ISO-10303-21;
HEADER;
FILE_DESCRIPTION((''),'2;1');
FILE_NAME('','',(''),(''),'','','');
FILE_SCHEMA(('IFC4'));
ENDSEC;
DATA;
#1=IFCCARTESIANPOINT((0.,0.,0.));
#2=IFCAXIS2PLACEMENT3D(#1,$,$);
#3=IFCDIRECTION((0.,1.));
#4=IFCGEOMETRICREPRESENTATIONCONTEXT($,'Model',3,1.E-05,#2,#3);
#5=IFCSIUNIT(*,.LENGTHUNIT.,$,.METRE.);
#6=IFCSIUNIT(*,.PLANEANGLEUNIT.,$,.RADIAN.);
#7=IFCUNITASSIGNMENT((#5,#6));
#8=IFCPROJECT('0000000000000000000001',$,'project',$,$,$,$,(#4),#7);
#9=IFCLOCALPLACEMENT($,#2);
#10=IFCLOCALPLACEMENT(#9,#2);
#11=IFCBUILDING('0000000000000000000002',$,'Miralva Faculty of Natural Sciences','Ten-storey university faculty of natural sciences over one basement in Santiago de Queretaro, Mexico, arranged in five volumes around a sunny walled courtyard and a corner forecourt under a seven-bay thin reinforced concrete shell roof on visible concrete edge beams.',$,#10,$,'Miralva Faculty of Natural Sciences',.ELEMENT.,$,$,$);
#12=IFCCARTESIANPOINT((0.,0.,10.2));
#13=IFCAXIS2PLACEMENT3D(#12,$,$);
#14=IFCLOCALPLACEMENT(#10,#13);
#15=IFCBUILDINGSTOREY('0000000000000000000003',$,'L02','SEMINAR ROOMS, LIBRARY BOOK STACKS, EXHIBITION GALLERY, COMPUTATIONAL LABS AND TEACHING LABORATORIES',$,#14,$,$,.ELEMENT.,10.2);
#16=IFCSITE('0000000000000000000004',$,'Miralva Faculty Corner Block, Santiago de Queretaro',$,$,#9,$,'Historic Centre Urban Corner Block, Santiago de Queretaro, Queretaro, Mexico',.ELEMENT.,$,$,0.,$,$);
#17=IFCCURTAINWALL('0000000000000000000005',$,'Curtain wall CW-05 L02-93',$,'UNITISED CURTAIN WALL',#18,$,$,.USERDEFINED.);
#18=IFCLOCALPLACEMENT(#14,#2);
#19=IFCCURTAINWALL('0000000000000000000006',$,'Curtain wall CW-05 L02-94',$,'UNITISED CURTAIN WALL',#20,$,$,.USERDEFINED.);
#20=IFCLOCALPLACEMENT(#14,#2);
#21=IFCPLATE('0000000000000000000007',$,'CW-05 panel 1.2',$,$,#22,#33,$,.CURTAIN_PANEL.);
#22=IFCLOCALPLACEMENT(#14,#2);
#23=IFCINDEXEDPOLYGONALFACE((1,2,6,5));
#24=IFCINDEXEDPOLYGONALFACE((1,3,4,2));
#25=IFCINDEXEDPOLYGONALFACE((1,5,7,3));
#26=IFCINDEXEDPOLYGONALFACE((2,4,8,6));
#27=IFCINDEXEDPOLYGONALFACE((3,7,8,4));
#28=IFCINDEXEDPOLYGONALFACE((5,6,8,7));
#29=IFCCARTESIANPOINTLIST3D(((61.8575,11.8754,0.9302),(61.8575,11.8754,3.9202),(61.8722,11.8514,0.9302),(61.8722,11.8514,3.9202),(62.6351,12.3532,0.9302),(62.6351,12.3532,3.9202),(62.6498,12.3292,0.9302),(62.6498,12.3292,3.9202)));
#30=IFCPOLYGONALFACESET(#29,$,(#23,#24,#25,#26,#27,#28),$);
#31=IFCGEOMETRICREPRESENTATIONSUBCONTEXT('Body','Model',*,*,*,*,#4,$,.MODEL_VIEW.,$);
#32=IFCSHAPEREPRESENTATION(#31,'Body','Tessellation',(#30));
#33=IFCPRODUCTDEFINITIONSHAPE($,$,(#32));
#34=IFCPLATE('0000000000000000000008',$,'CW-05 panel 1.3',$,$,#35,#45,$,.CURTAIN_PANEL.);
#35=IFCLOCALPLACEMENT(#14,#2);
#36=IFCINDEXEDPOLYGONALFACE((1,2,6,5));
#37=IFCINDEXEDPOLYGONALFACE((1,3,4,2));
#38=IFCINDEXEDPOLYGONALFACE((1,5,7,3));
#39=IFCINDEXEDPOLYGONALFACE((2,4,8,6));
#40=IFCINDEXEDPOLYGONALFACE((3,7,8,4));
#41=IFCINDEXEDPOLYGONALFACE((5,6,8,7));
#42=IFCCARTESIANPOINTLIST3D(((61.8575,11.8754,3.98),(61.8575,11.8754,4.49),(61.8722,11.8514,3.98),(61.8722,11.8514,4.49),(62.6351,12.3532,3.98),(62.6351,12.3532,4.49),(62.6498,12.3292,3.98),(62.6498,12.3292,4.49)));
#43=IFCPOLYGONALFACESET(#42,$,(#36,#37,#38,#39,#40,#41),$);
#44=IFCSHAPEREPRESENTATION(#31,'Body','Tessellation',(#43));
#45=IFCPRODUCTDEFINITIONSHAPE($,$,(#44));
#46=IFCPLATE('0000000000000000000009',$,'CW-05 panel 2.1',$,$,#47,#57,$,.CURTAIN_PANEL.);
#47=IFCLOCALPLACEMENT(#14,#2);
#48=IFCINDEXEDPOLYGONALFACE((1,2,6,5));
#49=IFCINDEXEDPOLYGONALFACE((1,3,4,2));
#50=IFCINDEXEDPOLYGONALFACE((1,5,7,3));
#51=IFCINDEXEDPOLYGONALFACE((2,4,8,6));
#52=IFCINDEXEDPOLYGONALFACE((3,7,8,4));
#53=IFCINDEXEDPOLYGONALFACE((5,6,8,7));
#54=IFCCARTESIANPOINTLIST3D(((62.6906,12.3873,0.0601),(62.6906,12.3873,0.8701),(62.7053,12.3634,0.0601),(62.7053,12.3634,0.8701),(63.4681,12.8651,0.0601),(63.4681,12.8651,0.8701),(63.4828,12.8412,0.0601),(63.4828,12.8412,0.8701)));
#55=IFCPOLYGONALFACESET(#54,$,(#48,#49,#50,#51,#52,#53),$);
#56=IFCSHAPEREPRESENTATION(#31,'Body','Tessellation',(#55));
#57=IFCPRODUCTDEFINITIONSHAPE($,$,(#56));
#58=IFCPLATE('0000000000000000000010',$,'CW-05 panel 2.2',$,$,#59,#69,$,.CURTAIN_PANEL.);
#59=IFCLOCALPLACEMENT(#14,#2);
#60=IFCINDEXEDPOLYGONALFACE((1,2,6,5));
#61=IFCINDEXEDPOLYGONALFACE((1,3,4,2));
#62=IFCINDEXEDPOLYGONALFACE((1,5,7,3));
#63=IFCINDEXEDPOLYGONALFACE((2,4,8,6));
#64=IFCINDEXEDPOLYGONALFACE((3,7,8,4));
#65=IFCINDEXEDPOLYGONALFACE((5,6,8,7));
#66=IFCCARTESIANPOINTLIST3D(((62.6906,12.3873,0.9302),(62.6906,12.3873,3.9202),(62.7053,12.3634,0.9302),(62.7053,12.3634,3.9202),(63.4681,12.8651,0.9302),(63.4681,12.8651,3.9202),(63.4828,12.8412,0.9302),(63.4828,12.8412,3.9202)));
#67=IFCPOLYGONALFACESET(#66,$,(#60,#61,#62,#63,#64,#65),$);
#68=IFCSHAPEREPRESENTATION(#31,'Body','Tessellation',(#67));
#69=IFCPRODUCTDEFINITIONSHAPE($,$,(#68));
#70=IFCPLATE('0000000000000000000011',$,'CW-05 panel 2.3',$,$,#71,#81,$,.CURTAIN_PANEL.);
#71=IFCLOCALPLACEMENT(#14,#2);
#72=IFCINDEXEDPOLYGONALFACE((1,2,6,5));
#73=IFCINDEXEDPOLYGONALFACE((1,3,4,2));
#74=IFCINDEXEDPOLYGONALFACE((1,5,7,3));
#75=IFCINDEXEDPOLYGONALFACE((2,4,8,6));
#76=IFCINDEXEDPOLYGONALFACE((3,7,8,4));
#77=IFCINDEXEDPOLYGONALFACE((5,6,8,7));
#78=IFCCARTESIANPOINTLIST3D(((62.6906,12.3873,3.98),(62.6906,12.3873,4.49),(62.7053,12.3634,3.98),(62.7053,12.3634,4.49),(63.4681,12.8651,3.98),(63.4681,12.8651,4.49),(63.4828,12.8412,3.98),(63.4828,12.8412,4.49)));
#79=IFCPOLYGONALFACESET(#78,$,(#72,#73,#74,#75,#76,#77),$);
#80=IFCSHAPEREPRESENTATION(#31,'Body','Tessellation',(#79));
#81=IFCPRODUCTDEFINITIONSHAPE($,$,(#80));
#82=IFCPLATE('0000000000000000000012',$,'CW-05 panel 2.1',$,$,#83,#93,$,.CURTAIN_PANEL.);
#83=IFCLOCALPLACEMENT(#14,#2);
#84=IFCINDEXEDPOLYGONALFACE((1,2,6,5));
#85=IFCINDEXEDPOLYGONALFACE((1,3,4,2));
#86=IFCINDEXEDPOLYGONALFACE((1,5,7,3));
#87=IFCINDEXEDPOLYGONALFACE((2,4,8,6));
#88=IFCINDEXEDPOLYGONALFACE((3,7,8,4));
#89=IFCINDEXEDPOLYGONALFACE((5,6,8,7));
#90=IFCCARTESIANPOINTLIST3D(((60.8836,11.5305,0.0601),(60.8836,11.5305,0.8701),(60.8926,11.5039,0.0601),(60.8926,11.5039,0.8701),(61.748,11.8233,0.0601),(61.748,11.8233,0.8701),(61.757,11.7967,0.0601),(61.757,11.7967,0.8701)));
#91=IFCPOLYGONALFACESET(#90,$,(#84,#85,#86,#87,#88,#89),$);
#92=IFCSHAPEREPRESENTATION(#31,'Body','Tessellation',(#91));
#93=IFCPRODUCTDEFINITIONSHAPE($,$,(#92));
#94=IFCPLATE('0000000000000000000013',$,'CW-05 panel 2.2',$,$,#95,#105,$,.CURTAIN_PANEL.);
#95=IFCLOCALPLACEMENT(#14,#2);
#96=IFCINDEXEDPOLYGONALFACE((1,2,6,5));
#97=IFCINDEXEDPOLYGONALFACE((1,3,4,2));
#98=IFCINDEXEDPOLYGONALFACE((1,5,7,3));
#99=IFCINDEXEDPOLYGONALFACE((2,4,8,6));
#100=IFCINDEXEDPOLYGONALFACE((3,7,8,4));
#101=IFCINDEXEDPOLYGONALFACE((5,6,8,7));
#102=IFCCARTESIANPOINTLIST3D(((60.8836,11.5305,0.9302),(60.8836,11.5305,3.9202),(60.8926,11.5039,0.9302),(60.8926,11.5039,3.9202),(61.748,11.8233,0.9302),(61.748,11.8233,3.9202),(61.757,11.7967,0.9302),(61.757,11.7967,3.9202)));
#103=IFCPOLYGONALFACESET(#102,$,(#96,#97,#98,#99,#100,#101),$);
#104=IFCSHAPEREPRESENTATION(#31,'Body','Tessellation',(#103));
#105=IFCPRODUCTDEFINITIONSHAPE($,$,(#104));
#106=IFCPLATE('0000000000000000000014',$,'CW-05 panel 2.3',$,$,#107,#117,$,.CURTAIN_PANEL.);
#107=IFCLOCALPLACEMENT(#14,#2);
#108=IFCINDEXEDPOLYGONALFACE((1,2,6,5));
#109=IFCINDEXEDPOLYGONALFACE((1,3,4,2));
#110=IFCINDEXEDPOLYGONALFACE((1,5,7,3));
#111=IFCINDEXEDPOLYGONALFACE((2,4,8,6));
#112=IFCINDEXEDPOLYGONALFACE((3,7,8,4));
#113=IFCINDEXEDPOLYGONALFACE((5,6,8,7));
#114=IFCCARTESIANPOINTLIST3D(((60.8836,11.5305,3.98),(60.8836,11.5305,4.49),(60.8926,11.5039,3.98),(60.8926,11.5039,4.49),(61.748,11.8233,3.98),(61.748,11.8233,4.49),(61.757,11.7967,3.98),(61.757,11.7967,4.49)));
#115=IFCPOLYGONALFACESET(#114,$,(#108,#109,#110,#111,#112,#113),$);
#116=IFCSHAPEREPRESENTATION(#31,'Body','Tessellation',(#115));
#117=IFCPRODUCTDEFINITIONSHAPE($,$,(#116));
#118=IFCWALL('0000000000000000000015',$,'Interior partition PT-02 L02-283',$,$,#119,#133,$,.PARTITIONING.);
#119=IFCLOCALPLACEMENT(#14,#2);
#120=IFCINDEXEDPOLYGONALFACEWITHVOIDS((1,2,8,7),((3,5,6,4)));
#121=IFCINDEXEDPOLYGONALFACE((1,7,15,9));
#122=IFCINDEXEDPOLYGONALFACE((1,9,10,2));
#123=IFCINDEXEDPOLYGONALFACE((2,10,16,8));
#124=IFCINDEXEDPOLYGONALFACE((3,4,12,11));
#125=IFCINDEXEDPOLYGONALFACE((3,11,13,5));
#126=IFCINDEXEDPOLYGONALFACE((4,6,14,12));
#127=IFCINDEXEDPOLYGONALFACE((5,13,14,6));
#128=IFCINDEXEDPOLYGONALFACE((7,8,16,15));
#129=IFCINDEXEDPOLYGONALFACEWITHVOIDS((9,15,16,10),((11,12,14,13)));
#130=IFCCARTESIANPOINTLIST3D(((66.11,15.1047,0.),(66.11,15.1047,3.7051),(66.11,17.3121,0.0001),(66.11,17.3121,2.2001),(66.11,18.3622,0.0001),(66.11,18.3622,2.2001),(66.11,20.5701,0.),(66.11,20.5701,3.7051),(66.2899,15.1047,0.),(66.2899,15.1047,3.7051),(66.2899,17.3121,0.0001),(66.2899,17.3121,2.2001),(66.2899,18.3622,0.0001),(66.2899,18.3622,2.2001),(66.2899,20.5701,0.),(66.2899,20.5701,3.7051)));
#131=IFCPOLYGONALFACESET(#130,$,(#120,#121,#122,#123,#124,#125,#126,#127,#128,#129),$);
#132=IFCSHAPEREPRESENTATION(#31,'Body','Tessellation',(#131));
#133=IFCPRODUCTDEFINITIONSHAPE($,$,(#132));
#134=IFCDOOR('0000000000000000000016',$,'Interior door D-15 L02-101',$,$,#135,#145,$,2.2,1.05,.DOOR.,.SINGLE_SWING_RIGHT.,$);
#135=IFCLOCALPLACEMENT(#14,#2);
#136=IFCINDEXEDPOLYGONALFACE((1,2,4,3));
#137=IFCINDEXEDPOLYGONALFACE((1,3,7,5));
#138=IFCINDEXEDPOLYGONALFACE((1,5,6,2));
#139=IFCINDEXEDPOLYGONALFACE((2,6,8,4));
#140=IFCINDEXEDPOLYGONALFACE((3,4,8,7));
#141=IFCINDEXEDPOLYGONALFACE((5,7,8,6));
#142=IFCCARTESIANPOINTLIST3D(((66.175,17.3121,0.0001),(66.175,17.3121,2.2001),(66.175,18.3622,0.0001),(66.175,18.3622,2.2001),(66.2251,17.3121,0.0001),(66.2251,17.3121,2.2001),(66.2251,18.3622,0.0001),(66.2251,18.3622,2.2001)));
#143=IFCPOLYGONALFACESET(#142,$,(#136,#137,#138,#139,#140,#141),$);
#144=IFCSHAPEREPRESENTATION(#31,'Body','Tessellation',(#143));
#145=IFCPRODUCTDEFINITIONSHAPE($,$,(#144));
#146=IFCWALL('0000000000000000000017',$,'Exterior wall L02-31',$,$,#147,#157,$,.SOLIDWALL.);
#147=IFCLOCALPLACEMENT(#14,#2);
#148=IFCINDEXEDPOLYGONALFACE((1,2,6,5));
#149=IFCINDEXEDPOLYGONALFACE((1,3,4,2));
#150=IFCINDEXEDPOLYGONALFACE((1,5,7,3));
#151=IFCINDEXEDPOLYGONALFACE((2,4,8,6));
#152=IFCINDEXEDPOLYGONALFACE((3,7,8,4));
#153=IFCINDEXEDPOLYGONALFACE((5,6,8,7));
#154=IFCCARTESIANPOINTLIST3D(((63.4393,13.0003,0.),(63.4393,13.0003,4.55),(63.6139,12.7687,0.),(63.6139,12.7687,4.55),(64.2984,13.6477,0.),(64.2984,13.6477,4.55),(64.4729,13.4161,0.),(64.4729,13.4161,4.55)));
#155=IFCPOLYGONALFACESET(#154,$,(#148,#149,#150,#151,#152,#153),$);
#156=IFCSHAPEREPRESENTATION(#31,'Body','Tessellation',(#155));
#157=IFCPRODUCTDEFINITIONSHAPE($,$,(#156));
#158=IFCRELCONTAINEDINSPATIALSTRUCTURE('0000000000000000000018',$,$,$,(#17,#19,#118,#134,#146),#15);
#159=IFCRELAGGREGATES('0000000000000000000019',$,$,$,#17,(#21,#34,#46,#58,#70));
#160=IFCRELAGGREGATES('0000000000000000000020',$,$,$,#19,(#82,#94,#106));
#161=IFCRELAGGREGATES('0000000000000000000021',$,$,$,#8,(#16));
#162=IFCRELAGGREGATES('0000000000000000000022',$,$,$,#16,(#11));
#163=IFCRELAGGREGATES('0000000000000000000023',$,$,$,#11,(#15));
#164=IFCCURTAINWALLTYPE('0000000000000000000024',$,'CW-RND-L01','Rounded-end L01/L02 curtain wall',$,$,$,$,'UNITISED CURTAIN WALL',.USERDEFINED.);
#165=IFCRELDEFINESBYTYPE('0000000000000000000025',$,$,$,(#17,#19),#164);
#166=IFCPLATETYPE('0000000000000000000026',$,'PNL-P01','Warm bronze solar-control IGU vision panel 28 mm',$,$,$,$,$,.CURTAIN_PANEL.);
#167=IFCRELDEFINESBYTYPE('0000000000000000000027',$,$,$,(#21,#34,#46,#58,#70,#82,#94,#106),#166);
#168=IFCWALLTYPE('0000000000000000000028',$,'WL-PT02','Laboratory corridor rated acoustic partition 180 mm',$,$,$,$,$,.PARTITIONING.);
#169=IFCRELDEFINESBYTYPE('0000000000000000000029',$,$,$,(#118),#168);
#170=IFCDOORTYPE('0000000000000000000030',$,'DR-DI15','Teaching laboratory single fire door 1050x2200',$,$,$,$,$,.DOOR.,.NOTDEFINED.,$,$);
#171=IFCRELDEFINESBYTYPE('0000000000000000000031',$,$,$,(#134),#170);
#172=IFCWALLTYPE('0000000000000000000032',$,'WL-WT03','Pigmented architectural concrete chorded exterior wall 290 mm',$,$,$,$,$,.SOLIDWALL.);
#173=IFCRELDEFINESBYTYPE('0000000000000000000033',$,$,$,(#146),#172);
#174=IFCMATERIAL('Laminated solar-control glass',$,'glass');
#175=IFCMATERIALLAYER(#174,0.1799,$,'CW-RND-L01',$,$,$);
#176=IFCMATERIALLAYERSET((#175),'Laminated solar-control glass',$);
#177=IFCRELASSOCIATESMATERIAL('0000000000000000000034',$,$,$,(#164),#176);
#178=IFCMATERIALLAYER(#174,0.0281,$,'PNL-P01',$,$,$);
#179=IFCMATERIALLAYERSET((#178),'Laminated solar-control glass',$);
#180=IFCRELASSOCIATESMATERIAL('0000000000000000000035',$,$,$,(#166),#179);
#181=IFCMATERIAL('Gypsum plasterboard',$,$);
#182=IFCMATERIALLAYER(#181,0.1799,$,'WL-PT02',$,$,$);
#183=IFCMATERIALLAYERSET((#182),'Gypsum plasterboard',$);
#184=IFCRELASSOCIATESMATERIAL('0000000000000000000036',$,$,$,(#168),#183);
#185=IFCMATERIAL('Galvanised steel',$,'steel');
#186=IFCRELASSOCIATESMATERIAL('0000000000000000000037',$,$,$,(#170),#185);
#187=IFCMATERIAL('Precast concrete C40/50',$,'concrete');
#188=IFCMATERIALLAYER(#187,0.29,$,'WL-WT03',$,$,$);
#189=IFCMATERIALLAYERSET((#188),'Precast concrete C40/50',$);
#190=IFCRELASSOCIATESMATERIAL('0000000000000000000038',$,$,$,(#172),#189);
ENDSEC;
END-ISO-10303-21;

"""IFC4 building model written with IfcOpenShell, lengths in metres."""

from ifc_helpers import new_model, si_unit, direction, frame, frame_2d, origin, origin_2d, place, context, subcontext, project, spatial, rectangle, extrude, material, layer, layer_set, type_object, element, fill, aggregate, save


model = new_model("IFC4")

# Units and contexts
model_context = context("Model", 3, precision=1e-05, world=origin(), true_north=direction((0.0, 1.0)))
body_context = subcontext(model_context, "Body", "Model", "MODEL_VIEW")
ifc_project = project(units=[si_unit("LENGTHUNIT", "METRE"), si_unit("PLANEANGLEUNIT", "RADIAN")], contexts=[model_context])

# Site, building, storey
site_placement = place(None, origin())
site = spatial("IfcSite", under=ifc_project, at=site_placement, Name="Miralva Faculty Corner Block, Santiago de Queretaro", LongName="Historic Centre Urban Corner Block, Santiago de Queretaro, Queretaro, Mexico", CompositionType="ELEMENT", RefElevation=0.0)
building_placement = place(site_placement, origin())
building = spatial("IfcBuilding", under=site, at=building_placement, Name="Miralva Faculty of Natural Sciences", Description="Ten-storey university faculty of natural sciences over one basement in Santiago de Queretaro, Mexico, arranged in five volumes around a sunny walled courtyard and a corner forecourt under a seven-bay thin reinforced concrete shell roof on visible concrete edge beams.", LongName="Miralva Faculty of Natural Sciences", CompositionType="ELEMENT")
storey_placement = place(building_placement, frame((0.0, 0.0, 10.2)))
storey = spatial("IfcBuildingStorey", under=building, at=storey_placement, Name="L02", Description="SEMINAR ROOMS, LIBRARY BOOK STACKS, EXHIBITION GALLERY, COMPUTATIONAL LABS AND TEACHING LABORATORIES", CompositionType="ELEMENT", Elevation=10.2)

# Curtain wall
ifc_material_1 = material(Name="Laminated solar-control glass", Category="glass")
ifc_layer_1 = layer(ifc_material_1, 0.1799, Name="CW-RND-L01")
ifc_layer_set_1 = layer_set([ifc_layer_1], Name="Laminated solar-control glass")
curtain_wall_type_1 = type_object("IfcCurtainWallType", Name="CW-RND-L01", Description="Rounded-end L01/L02 curtain wall", ElementType="UNITISED CURTAIN WALL", PredefinedType="USERDEFINED", material=ifc_layer_set_1)
curtain_wall_1_placement = place(storey_placement, origin())
curtain_wall_1 = element("IfcCurtainWall", 1, at=curtain_wall_1_placement, inside=storey, type_object=curtain_wall_type_1, Name="Curtain wall CW-05 L02-93", ObjectType="UNITISED CURTAIN WALL", PredefinedType="USERDEFINED")

# Curtain wall
curtain_wall_2_placement = place(storey_placement, origin())
curtain_wall_2 = element("IfcCurtainWall", 2, at=curtain_wall_2_placement, inside=storey, type_object=curtain_wall_type_1, Name="Curtain wall CW-05 L02-94", ObjectType="UNITISED CURTAIN WALL", PredefinedType="USERDEFINED")

# Plates
ifc_layer_2 = layer(ifc_material_1, 0.0281, Name="PNL-P01")
ifc_layer_set_2 = layer_set([ifc_layer_2], Name="Laminated solar-control glass")
plate_type = type_object("IfcPlateType", Name="PNL-P01", Description="Warm bronze solar-control IGU vision panel 28 mm", PredefinedType="CURTAIN_PANEL", material=ifc_layer_set_2)
plate_1_placement = place(storey_placement, frame((62.2537, 12.1023, 0.9302), z_axis=(0.0, 0.0, 1.0), x_axis=(0.851995, 0.523551, 0.0)))
plate_1 = element("IfcPlate", 3, at=plate_1_placement, type_object=plate_type, Name="CW-05 panel 1.2", PredefinedType="CURTAIN_PANEL", context=body_context, shape_type="SweptSolid", body=[
    extrude(rectangle(XDim=0.9126, YDim=0.0281, at=origin_2d()), origin(), (0.0, 0.0, 1.0), 2.99),
])
plate_2_placement = place(storey_placement, frame((62.2537, 12.1023, 3.98), z_axis=(0.0, 0.0, 1.0), x_axis=(0.851995, 0.523551, 0.0)))
plate_2 = element("IfcPlate", 4, at=plate_2_placement, type_object=plate_type, Name="CW-05 panel 1.3", PredefinedType="CURTAIN_PANEL", context=body_context, shape_type="SweptSolid", body=[
    extrude(rectangle(XDim=0.9126, YDim=0.0281, at=origin_2d()), origin(), (0.0, 0.0, 1.0), 0.51),
])
plate_3_placement = place(storey_placement, frame((63.0867, 12.6143, 0.0601), z_axis=(0.0, 0.0, 1.0), x_axis=(0.851995, 0.523551, 0.0)))
plate_3 = element("IfcPlate", 5, at=plate_3_placement, type_object=plate_type, Name="CW-05 panel 2.1", PredefinedType="CURTAIN_PANEL", context=body_context, shape_type="SweptSolid", body=[
    extrude(rectangle(XDim=0.9126, YDim=0.0281, at=origin_2d()), origin(), (0.0, 0.0, 1.0), 0.8101),
])
plate_4_placement = place(storey_placement, frame((63.0867, 12.6143, 0.9302), z_axis=(0.0, 0.0, 1.0), x_axis=(0.851995, 0.523551, 0.0)))
plate_4 = element("IfcPlate", 6, at=plate_4_placement, type_object=plate_type, Name="CW-05 panel 2.2", PredefinedType="CURTAIN_PANEL", context=body_context, shape_type="SweptSolid", body=[
    extrude(rectangle(XDim=0.9126, YDim=0.0281, at=origin_2d()), origin(), (0.0, 0.0, 1.0), 2.99),
])
plate_5_placement = place(storey_placement, frame((63.0867, 12.6143, 3.98), z_axis=(0.0, 0.0, 1.0), x_axis=(0.851995, 0.523551, 0.0)))
plate_5 = element("IfcPlate", 7, at=plate_5_placement, type_object=plate_type, Name="CW-05 panel 2.3", PredefinedType="CURTAIN_PANEL", context=body_context, shape_type="SweptSolid", body=[
    extrude(rectangle(XDim=0.9126, YDim=0.0281, at=origin_2d()), origin(), (0.0, 0.0, 1.0), 0.51),
])
aggregate(curtain_wall_1, [plate_1, plate_2, plate_3, plate_4, plate_5])
plate_6_placement = place(storey_placement, frame((61.3203, 11.6636, 0.0601), z_axis=(0.0, 0.0, 1.0), x_axis=(0.947133, 0.320842, 0.0)))
plate_6 = element("IfcPlate", 8, at=plate_6_placement, type_object=plate_type, Name="CW-05 panel 2.1", PredefinedType="CURTAIN_PANEL", context=body_context, shape_type="SweptSolid", body=[
    extrude(rectangle(XDim=0.9126, YDim=0.0281, at=origin_2d()), origin(), (0.0, 0.0, 1.0), 0.8101),
])
plate_7_placement = place(storey_placement, frame((61.3203, 11.6636, 0.9302), z_axis=(0.0, 0.0, 1.0), x_axis=(0.947133, 0.320842, 0.0)))
plate_7 = element("IfcPlate", 9, at=plate_7_placement, type_object=plate_type, Name="CW-05 panel 2.2", PredefinedType="CURTAIN_PANEL", context=body_context, shape_type="SweptSolid", body=[
    extrude(rectangle(XDim=0.9126, YDim=0.0281, at=origin_2d()), origin(), (0.0, 0.0, 1.0), 2.99),
])
plate_8_placement = place(storey_placement, frame((61.3203, 11.6636, 3.98), z_axis=(0.0, 0.0, 1.0), x_axis=(0.947133, 0.320842, 0.0)))
plate_8 = element("IfcPlate", 10, at=plate_8_placement, type_object=plate_type, Name="CW-05 panel 2.3", PredefinedType="CURTAIN_PANEL", context=body_context, shape_type="SweptSolid", body=[
    extrude(rectangle(XDim=0.9126, YDim=0.0281, at=origin_2d()), origin(), (0.0, 0.0, 1.0), 0.51),
])
aggregate(curtain_wall_2, [plate_6, plate_7, plate_8])

# Wall, opening, door
ifc_material_2 = material(Name="Gypsum plasterboard")
ifc_layer_3 = layer(ifc_material_2, 0.1799, Name="WL-PT02")
ifc_layer_set_3 = layer_set([ifc_layer_3], Name="Gypsum plasterboard")
wall_type_1 = type_object("IfcWallType", Name="WL-PT02", Description="Laboratory corridor rated acoustic partition 180 mm", PredefinedType="PARTITIONING", material=ifc_layer_set_3)
wall_1_placement = place(storey_placement, frame((66.2, 15.1047, 0.0), z_axis=(0.0, 0.0, 1.0), x_axis=(0.0, 1.0, 0.0)))
wall_1 = element("IfcWall", 11, at=wall_1_placement, inside=storey, type_object=wall_type_1, Name="Interior partition PT-02 L02-283", PredefinedType="PARTITIONING", context=body_context, shape_type="SweptSolid", body=[
    extrude(rectangle(XDim=5.4653, YDim=0.1799, at=frame_2d((2.7327, 0.0))), origin(), (0.0, 0.0, 1.0), 3.7051),
])
opening_placement = place(wall_1_placement, frame((2.2075, 0.0, 0.0)))
opening = element("IfcOpeningElement", 12, at=opening_placement, cuts=wall_1, PredefinedType="OPENING", context=body_context, shape_type="SweptSolid", body=[
    extrude(rectangle(XDim=1.05, YDim=2.2, at=frame_2d((0.5249, 1.1001))), frame((0.0, 0.0999, 0.0), z_axis=(0.0, -1.0, 0.0), x_axis=(1.0, 0.0, 0.0)), (0.0, 0.0, 1.0), 0.2),
])
ifc_material_3 = material(Name="Galvanised steel", Category="steel")
door_type = type_object("IfcDoorType", Name="DR-DI15", Description="Teaching laboratory single fire door 1050x2200", OperationType="NOTDEFINED", PredefinedType="DOOR", material=ifc_material_3)
door_placement = place(opening_placement, origin())
door = element("IfcDoor", 13, at=door_placement, inside=storey, type_object=door_type, Name="Interior door D-15 L02-101", OperationType="SINGLE_SWING_RIGHT", OverallHeight=2.2, OverallWidth=1.05, PredefinedType="DOOR", context=body_context, shape_type="SweptSolid", body=[
    extrude(rectangle(XDim=1.05, YDim=2.2, at=frame_2d((0.5249, 1.1001))), frame((0.0, 0.0249, 0.0), z_axis=(0.0, -1.0, 0.0), x_axis=(1.0, 0.0, 0.0)), (0.0, 0.0, 1.0), 0.05),
])
fill(opening, door)

# Wall
ifc_material_4 = material(Name="Precast concrete C40/50", Category="concrete")
ifc_layer_4 = layer(ifc_material_4, 0.29, Name="WL-WT03")
ifc_layer_set_4 = layer_set([ifc_layer_4], Name="Precast concrete C40/50")
wall_type_2 = type_object("IfcWallType", Name="WL-WT03", Description="Pigmented architectural concrete chorded exterior wall 290 mm", PredefinedType="SOLIDWALL", material=ifc_layer_set_4)
wall_2_placement = place(storey_placement, frame((63.5266, 12.8845, 0.0), z_axis=(0.0, 0.0, 1.0), x_axis=(0.798609, 0.60185, 0.0)))
element("IfcWall", 14, at=wall_2_placement, inside=storey, type_object=wall_type_2, Name="Exterior wall L02-31", PredefinedType="SOLIDWALL", context=body_context, shape_type="SweptSolid", body=[
    extrude(rectangle(XDim=1.0757, YDim=0.29, at=frame_2d((0.5378, 0.0))), origin(), (0.0, 0.0, 1.0), 4.55),
])

save(model, "model.ifc")
